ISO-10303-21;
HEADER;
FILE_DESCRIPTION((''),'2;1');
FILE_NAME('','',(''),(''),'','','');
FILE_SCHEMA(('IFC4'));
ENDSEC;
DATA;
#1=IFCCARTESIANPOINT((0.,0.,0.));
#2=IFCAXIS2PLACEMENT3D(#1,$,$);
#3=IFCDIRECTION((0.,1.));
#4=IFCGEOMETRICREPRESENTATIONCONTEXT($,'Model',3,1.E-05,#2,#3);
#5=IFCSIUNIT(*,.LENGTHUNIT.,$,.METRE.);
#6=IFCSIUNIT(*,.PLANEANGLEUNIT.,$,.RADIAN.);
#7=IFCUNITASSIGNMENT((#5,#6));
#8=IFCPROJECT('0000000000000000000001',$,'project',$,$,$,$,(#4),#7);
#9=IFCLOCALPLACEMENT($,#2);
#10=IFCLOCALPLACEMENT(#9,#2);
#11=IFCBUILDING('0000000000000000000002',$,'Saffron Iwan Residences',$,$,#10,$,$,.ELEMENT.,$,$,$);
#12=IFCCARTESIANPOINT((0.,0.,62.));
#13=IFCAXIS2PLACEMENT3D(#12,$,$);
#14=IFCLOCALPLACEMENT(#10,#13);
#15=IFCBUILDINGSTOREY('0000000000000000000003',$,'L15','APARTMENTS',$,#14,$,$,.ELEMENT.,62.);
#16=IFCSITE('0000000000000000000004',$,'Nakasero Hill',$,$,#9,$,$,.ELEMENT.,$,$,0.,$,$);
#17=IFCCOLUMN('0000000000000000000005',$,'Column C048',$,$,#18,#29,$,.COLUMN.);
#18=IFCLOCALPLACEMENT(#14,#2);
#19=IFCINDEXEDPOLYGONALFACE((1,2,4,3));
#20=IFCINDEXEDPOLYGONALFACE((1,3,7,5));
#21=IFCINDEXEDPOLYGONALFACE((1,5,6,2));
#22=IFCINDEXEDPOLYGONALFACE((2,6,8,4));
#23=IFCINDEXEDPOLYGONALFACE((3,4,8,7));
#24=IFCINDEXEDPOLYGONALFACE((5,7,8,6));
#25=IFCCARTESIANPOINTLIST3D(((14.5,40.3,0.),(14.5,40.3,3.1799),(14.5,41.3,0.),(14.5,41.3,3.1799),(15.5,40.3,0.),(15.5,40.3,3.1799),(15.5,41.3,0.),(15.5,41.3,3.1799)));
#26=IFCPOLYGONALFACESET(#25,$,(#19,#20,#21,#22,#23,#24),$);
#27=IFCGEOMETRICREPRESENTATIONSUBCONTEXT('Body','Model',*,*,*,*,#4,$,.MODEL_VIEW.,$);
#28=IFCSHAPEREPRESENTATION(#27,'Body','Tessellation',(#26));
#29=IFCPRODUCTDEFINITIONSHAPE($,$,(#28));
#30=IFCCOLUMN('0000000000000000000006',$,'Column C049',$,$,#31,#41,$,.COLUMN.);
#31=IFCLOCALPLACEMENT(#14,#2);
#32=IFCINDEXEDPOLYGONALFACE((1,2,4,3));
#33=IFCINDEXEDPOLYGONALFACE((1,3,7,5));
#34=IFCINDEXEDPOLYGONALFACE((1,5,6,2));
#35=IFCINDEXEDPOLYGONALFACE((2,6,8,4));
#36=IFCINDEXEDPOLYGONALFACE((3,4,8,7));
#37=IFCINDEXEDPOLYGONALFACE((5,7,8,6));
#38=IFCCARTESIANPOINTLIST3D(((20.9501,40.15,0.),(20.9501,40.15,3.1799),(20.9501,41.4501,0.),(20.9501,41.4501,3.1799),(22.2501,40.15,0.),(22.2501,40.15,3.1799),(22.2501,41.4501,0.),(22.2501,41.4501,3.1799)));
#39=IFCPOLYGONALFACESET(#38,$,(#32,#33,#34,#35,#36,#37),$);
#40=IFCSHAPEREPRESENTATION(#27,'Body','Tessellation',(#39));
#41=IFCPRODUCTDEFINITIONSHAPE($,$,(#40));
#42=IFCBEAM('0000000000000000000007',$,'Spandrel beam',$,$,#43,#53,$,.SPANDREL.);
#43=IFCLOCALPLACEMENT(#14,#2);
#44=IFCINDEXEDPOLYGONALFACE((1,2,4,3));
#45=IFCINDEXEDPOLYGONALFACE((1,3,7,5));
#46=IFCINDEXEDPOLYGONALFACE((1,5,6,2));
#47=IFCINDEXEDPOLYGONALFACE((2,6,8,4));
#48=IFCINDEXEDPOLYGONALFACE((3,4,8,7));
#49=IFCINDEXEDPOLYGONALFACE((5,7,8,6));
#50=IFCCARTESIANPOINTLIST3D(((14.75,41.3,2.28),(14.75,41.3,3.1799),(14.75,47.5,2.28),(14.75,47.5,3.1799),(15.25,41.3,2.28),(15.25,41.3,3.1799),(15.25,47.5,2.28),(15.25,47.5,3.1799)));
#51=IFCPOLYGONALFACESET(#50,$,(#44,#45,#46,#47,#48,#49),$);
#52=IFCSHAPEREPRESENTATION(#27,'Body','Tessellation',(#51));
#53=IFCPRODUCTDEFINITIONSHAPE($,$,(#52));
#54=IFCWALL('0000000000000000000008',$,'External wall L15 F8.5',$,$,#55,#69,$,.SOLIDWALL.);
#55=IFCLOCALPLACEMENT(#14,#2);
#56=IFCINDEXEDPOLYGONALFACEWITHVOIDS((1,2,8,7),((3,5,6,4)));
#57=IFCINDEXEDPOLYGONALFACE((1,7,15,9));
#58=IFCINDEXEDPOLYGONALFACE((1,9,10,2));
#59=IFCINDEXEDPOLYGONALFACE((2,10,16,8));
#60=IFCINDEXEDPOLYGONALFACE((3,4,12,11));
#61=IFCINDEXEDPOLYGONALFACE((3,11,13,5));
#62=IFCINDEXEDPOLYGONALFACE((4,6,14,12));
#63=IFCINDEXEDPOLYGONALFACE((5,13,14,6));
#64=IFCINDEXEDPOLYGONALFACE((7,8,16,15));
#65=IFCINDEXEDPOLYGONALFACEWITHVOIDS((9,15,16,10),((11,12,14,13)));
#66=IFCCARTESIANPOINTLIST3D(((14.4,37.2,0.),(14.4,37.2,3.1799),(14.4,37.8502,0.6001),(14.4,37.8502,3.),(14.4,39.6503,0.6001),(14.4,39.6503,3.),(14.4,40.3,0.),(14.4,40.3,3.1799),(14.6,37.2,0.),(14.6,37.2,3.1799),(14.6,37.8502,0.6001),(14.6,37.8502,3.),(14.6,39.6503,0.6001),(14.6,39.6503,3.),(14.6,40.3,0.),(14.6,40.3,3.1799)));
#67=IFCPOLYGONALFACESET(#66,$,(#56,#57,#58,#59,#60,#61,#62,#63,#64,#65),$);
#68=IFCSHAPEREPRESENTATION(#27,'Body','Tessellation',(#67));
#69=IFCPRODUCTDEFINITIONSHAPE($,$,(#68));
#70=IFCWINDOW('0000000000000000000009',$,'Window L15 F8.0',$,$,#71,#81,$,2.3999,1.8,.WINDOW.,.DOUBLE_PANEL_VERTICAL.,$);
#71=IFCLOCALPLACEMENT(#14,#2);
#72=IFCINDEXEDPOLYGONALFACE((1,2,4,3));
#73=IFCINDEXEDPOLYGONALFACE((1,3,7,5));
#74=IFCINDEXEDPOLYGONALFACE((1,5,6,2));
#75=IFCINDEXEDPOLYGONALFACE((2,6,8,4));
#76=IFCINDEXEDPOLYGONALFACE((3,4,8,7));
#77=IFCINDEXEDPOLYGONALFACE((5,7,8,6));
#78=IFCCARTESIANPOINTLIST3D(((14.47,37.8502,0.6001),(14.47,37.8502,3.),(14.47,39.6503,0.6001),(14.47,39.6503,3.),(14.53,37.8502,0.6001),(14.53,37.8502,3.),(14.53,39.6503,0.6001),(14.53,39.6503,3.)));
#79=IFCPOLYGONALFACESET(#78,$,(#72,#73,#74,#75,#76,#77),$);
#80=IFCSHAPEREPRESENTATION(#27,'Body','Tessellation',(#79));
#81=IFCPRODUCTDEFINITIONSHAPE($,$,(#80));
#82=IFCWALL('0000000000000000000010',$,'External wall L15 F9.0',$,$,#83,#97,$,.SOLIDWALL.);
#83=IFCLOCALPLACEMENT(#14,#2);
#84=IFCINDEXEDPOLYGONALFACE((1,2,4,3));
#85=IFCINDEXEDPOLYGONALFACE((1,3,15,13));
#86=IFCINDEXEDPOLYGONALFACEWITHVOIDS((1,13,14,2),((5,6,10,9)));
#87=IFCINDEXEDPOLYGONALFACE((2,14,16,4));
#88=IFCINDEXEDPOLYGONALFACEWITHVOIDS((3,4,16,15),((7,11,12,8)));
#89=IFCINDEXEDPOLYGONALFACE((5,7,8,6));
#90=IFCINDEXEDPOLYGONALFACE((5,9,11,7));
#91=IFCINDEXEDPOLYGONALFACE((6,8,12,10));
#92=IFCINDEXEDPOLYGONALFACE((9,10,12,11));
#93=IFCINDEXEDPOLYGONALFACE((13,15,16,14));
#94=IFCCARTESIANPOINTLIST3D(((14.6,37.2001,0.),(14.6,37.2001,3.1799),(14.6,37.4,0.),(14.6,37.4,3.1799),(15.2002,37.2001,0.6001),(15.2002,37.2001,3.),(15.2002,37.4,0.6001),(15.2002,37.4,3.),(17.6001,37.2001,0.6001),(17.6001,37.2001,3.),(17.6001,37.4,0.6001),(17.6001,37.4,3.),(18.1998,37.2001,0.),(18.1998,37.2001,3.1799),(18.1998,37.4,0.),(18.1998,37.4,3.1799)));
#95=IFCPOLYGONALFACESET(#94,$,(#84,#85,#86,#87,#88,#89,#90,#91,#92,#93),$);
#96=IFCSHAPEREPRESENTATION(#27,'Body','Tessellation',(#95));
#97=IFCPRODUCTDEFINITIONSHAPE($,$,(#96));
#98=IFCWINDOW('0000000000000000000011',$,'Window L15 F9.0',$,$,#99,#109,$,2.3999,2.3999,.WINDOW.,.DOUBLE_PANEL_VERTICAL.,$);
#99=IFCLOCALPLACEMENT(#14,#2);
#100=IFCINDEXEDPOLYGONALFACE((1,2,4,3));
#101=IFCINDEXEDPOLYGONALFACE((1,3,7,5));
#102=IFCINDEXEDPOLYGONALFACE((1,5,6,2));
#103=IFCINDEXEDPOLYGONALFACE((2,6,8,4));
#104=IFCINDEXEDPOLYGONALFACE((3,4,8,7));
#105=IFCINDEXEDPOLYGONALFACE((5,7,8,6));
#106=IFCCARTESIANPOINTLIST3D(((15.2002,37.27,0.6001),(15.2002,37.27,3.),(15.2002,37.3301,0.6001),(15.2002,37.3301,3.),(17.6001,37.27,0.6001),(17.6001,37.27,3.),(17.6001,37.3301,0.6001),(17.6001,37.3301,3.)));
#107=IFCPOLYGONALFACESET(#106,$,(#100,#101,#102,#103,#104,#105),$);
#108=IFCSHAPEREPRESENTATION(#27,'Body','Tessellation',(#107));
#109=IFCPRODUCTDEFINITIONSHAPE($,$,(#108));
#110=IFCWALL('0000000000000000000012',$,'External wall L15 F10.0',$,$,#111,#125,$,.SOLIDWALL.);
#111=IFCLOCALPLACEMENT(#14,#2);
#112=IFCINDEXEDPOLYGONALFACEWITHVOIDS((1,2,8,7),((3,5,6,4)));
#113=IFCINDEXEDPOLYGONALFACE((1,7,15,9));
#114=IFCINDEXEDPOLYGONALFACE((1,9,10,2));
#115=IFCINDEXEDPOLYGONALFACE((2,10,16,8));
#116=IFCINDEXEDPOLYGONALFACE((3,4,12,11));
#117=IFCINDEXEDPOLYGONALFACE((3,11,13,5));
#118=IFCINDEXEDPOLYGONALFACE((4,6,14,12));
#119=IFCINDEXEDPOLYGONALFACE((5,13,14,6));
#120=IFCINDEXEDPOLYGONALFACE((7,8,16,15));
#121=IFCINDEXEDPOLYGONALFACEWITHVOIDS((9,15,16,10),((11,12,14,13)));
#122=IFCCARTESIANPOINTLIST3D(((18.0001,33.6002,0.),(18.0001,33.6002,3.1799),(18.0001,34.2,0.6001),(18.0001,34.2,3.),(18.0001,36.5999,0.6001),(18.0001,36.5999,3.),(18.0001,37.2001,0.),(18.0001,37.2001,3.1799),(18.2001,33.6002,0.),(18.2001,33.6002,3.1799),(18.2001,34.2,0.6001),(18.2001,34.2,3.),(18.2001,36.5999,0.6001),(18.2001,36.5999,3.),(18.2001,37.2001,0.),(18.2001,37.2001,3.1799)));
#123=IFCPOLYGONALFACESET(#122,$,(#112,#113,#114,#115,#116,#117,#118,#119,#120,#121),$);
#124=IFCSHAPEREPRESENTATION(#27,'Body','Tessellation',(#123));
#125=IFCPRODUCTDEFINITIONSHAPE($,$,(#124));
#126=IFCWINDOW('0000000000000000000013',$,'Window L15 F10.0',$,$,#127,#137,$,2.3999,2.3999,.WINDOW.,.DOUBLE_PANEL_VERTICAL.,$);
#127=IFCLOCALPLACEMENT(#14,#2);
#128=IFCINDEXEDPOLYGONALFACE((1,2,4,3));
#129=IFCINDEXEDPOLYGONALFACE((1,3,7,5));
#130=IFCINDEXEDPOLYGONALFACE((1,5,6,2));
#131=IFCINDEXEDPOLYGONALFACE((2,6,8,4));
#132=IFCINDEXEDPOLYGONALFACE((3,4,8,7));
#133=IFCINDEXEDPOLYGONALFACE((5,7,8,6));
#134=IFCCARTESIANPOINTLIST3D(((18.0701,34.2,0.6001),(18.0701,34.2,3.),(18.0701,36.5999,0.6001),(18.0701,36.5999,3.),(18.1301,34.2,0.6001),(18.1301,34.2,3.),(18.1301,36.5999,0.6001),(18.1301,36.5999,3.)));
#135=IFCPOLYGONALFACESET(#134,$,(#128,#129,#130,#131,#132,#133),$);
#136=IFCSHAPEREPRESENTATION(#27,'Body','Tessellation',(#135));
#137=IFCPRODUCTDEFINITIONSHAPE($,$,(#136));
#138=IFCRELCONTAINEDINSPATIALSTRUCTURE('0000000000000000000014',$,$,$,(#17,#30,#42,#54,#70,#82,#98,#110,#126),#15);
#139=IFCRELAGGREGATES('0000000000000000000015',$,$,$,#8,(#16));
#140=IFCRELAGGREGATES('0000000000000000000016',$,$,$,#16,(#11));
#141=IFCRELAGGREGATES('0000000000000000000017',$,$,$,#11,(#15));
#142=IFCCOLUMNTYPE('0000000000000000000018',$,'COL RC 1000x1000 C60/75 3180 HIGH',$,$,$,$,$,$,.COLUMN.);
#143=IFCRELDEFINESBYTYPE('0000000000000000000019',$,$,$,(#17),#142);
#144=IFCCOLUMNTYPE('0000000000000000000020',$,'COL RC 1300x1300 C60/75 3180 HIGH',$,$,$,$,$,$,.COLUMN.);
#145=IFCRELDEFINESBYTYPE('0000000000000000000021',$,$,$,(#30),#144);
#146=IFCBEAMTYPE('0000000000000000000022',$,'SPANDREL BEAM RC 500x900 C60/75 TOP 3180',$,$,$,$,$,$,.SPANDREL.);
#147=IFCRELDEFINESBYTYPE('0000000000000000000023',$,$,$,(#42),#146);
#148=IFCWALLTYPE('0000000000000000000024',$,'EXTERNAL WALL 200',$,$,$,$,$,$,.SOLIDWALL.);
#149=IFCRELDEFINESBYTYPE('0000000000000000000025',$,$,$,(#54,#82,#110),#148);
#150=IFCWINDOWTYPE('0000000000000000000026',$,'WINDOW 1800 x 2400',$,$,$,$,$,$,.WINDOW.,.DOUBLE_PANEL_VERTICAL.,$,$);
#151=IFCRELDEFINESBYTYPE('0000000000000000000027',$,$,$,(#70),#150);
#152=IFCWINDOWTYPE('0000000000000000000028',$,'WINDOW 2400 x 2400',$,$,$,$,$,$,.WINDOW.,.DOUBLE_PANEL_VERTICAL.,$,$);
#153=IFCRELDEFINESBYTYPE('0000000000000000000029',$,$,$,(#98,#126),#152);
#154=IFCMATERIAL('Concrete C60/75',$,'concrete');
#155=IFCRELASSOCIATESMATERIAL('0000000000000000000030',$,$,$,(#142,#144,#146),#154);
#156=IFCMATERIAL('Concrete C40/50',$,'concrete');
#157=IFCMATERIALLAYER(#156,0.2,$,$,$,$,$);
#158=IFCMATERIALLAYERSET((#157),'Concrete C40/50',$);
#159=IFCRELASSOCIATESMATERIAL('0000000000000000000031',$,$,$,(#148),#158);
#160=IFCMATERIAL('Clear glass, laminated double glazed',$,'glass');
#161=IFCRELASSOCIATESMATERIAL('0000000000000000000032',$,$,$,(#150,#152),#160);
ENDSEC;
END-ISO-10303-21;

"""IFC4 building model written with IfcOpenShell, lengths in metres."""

from ifc_helpers import new_model, si_unit, direction, frame, frame_2d, origin, origin_2d, place, context, subcontext, project, spatial, rectangle, extrude, source, transform, mapped, material, layer, layer_set, material_profile, profile_set, type_object, element, fill, save


model = new_model("IFC4")

# Units and contexts
model_context = context("Model", 3, precision=1e-05, world=origin(), true_north=direction((0.0, 1.0)))
body_context = subcontext(model_context, "Body", "Model", "MODEL_VIEW")
ifc_project = project(units=[si_unit("LENGTHUNIT", "METRE"), si_unit("PLANEANGLEUNIT", "RADIAN")], contexts=[model_context])

# Site, building, storey
site_placement = place(None, origin())
site = spatial("IfcSite", under=ifc_project, at=site_placement, Name="Nakasero Hill", CompositionType="ELEMENT", RefElevation=0.0)
building_placement = place(site_placement, origin())
building = spatial("IfcBuilding", under=site, at=building_placement, Name="Saffron Iwan Residences", CompositionType="ELEMENT")
storey_placement = place(building_placement, frame((0.0, 0.0, 62.0)))
storey = spatial("IfcBuildingStorey", under=building, at=storey_placement, Name="L15", Description="APARTMENTS", CompositionType="ELEMENT", Elevation=62.0)

# Columns
ifc_material_1 = material(Name="Concrete C60/75", Category="concrete")
ifc_material_profile_1 = material_profile(ifc_material_1, rectangle(XDim=1.0, YDim=1.0, at=origin_2d()), Name="RC 1000x1000")
ifc_profile_set_1 = profile_set([ifc_material_profile_1], Name="Concrete C60/75")
column_type_1 = type_object("IfcColumnType", Name="COL RC 1000x1000 C60/75 3180 HIGH", PredefinedType="COLUMN", material=ifc_profile_set_1)
shared_shape_1 = source(origin(), body_context, "Body", "SweptSolid", [
    extrude(rectangle(XDim=1.0, YDim=1.0, at=origin_2d()), origin(), (0.0, 0.0, 1.0), 3.1799),
])
column_1_placement = place(storey_placement, frame((15.0, 40.8, 0.0), z_axis=(0.0, 0.0, 1.0), x_axis=(1.0, 0.0, 0.0)))
element("IfcColumn", 1, at=column_1_placement, inside=storey, type_object=column_type_1, Name="Column C048", PredefinedType="COLUMN", context=body_context, shape_type="MappedRepresentation", body=[
    mapped(shared_shape_1, transform((0.0, 0.0, 0.0))),
])
ifc_material_profile_2 = material_profile(ifc_material_1, rectangle(XDim=1.3, YDim=1.3, at=origin_2d()), Name="RC 1300x1300")
ifc_profile_set_2 = profile_set([ifc_material_profile_2], Name="Concrete C60/75")
column_type_2 = type_object("IfcColumnType", Name="COL RC 1300x1300 C60/75 3180 HIGH", PredefinedType="COLUMN", material=ifc_profile_set_2)
shared_shape_2 = source(origin(), body_context, "Body", "SweptSolid", [
    extrude(rectangle(XDim=1.3, YDim=1.3, at=origin_2d()), origin(), (0.0, 0.0, 1.0), 3.1799),
])
column_2_placement = place(storey_placement, frame((21.6001, 40.8, 0.0), z_axis=(0.0, 0.0, 1.0), x_axis=(1.0, 0.0, 0.0)))
element("IfcColumn", 2, at=column_2_placement, inside=storey, type_object=column_type_2, Name="Column C049", PredefinedType="COLUMN", context=body_context, shape_type="MappedRepresentation", body=[
    mapped(shared_shape_2, transform((0.0, 0.0, 0.0))),
])

# Beam
ifc_material_profile_3 = material_profile(ifc_material_1, rectangle(XDim=0.5, YDim=0.8999, at=origin_2d()), Name="RC 500x900")
ifc_profile_set_3 = profile_set([ifc_material_profile_3], Name="Concrete C60/75")
beam_type = type_object("IfcBeamType", Name="SPANDREL BEAM RC 500x900 C60/75 TOP 3180", PredefinedType="SPANDREL", material=ifc_profile_set_3)
shared_shape_3 = source(origin(), body_context, "Body", "SweptSolid", [
    extrude(rectangle(XDim=0.5, YDim=0.8999, at=origin_2d()), origin(), (0.0, 0.0, 1.0), 6.2),
])
beam_placement = place(storey_placement, frame((15.0, 41.3, 2.73), z_axis=(0.0, 1.0, 0.0), x_axis=(-1.0, 0.0, 0.0)))
element("IfcBeam", 3, at=beam_placement, inside=storey, type_object=beam_type, Name="Spandrel beam", PredefinedType="SPANDREL", context=body_context, shape_type="MappedRepresentation", body=[
    mapped(shared_shape_3, transform((0.0, 0.0, 0.0))),
])

# Walls, openings, windows
ifc_material_2 = material(Name="Concrete C40/50", Category="concrete")
ifc_layer_1 = layer(ifc_material_2, 0.2)
ifc_layer_set_1 = layer_set([ifc_layer_1], Name="Concrete C40/50")
wall_type_1 = type_object("IfcWallType", Name="EXTERNAL WALL 200", PredefinedType="SOLIDWALL", material=ifc_layer_set_1)
wall_1_placement = place(storey_placement, frame((14.5, 40.3, 0.0), z_axis=(0.0, 0.0, 1.0), x_axis=(0.0, -1.0, 0.0)))
wall_1 = element("IfcWall", 4, at=wall_1_placement, inside=storey, type_object=wall_type_1, Name="External wall L15 F8.5", PredefinedType="SOLIDWALL", context=body_context, shape_type="SweptSolid", body=[
    extrude(rectangle(XDim=3.1001, YDim=0.2, at=frame_2d((1.55, 0.0))), origin(), (0.0, 0.0, 1.0), 3.1799),
])
opening_1_placement = place(wall_1_placement, frame((0.6499, 0.0, 0.6001)))
opening_1 = element("IfcOpeningElement", 5, at=opening_1_placement, cuts=wall_1, PredefinedType="OPENING", context=body_context, shape_type="SweptSolid", body=[
    extrude(rectangle(XDim=1.8, YDim=2.3999, at=frame_2d((0.8999, 1.2))), frame((0.0, 0.1099, 0.0), z_axis=(0.0, -1.0, 0.0), x_axis=(1.0, 0.0, 0.0)), (0.0, 0.0, 1.0), 0.22),
])
ifc_material_3 = material(Name="Clear glass, laminated double glazed", Category="glass")
window_type_1 = type_object("IfcWindowType", Name="WINDOW 1800 x 2400", PartitioningType="DOUBLE_PANEL_VERTICAL", PredefinedType="WINDOW", material=ifc_material_3)
window_1_placement = place(opening_1_placement, origin())
window_1 = element("IfcWindow", 6, at=window_1_placement, inside=storey, type_object=window_type_1, Name="Window L15 F8.0", OverallHeight=2.3999, OverallWidth=1.8, PartitioningType="DOUBLE_PANEL_VERTICAL", PredefinedType="WINDOW", context=body_context, shape_type="SweptSolid", body=[
    extrude(rectangle(XDim=1.8, YDim=2.3999, at=frame_2d((0.8999, 1.2))), frame((0.0, 0.03, 0.0), z_axis=(0.0, -1.0, 0.0), x_axis=(1.0, 0.0, 0.0)), (0.0, 0.0, 1.0), 0.0601),
])
fill(opening_1, window_1)
wall_2_placement = place(storey_placement, frame((14.6001, 37.3, 0.0), z_axis=(0.0, 0.0, 1.0), x_axis=(1.0, 0.0, 0.0)))
wall_2 = element("IfcWall", 7, at=wall_2_placement, inside=storey, type_object=wall_type_1, Name="External wall L15 F9.0", PredefinedType="SOLIDWALL", context=body_context, shape_type="SweptSolid", body=[
    extrude(rectangle(XDim=3.5999, YDim=0.2, at=frame_2d((1.7998, 0.0))), origin(), (0.0, 0.0, 1.0), 3.1799),
])
opening_2_placement = place(wall_2_placement, frame((0.6001, 0.0, 0.6001)))
opening_2 = element("IfcOpeningElement", 8, at=opening_2_placement, cuts=wall_2, PredefinedType="OPENING", context=body_context, shape_type="SweptSolid", body=[
    extrude(rectangle(XDim=2.3999, YDim=2.3999, at=frame_2d((1.2, 1.2))), frame((0.0, 0.1099, 0.0), z_axis=(0.0, -1.0, 0.0), x_axis=(1.0, 0.0, 0.0)), (0.0, 0.0, 1.0), 0.22),
])
window_type_2 = type_object("IfcWindowType", Name="WINDOW 2400 x 2400", PartitioningType="DOUBLE_PANEL_VERTICAL", PredefinedType="WINDOW", material=ifc_material_3)
window_2_placement = place(opening_2_placement, origin())
window_2 = element("IfcWindow", 9, at=window_2_placement, inside=storey, type_object=window_type_2, Name="Window L15 F9.0", OverallHeight=2.3999, OverallWidth=2.3999, PartitioningType="DOUBLE_PANEL_VERTICAL", PredefinedType="WINDOW", context=body_context, shape_type="SweptSolid", body=[
    extrude(rectangle(XDim=2.3999, YDim=2.3999, at=frame_2d((1.2, 1.2))), frame((0.0, 0.03, 0.0), z_axis=(0.0, -1.0, 0.0), x_axis=(1.0, 0.0, 0.0)), (0.0, 0.0, 1.0), 0.0601),
])
fill(opening_2, window_2)
wall_3_placement = place(storey_placement, frame((18.1001, 37.2, 0.0), z_axis=(0.0, 0.0, 1.0), x_axis=(0.0, -1.0, 0.0)))
wall_3 = element("IfcWall", 10, at=wall_3_placement, inside=storey, type_object=wall_type_1, Name="External wall L15 F10.0", PredefinedType="SOLIDWALL", context=body_context, shape_type="SweptSolid", body=[
    extrude(rectangle(XDim=3.5999, YDim=0.2, at=frame_2d((1.7998, 0.0))), origin(), (0.0, 0.0, 1.0), 3.1799),
])
opening_3_placement = place(wall_3_placement, frame((0.6001, 0.0, 0.6001)))
opening_3 = element("IfcOpeningElement", 11, at=opening_3_placement, cuts=wall_3, PredefinedType="OPENING", context=body_context, shape_type="SweptSolid", body=[
    extrude(rectangle(XDim=2.3999, YDim=2.3999, at=frame_2d((1.2, 1.2))), frame((0.0, 0.1099, 0.0), z_axis=(0.0, -1.0, 0.0), x_axis=(1.0, 0.0, 0.0)), (0.0, 0.0, 1.0), 0.22),
])
window_3_placement = place(opening_3_placement, origin())
window_3 = element("IfcWindow", 12, at=window_3_placement, inside=storey, type_object=window_type_2, Name="Window L15 F10.0", OverallHeight=2.3999, OverallWidth=2.3999, PartitioningType="DOUBLE_PANEL_VERTICAL", PredefinedType="WINDOW", context=body_context, shape_type="SweptSolid", body=[
    extrude(rectangle(XDim=2.3999, YDim=2.3999, at=frame_2d((1.2, 1.2))), frame((0.0, 0.03, 0.0), z_axis=(0.0, -1.0, 0.0), x_axis=(1.0, 0.0, 0.0)), (0.0, 0.0, 1.0), 0.0601),
])
fill(opening_3, window_3)

save(model, "model.ifc")
